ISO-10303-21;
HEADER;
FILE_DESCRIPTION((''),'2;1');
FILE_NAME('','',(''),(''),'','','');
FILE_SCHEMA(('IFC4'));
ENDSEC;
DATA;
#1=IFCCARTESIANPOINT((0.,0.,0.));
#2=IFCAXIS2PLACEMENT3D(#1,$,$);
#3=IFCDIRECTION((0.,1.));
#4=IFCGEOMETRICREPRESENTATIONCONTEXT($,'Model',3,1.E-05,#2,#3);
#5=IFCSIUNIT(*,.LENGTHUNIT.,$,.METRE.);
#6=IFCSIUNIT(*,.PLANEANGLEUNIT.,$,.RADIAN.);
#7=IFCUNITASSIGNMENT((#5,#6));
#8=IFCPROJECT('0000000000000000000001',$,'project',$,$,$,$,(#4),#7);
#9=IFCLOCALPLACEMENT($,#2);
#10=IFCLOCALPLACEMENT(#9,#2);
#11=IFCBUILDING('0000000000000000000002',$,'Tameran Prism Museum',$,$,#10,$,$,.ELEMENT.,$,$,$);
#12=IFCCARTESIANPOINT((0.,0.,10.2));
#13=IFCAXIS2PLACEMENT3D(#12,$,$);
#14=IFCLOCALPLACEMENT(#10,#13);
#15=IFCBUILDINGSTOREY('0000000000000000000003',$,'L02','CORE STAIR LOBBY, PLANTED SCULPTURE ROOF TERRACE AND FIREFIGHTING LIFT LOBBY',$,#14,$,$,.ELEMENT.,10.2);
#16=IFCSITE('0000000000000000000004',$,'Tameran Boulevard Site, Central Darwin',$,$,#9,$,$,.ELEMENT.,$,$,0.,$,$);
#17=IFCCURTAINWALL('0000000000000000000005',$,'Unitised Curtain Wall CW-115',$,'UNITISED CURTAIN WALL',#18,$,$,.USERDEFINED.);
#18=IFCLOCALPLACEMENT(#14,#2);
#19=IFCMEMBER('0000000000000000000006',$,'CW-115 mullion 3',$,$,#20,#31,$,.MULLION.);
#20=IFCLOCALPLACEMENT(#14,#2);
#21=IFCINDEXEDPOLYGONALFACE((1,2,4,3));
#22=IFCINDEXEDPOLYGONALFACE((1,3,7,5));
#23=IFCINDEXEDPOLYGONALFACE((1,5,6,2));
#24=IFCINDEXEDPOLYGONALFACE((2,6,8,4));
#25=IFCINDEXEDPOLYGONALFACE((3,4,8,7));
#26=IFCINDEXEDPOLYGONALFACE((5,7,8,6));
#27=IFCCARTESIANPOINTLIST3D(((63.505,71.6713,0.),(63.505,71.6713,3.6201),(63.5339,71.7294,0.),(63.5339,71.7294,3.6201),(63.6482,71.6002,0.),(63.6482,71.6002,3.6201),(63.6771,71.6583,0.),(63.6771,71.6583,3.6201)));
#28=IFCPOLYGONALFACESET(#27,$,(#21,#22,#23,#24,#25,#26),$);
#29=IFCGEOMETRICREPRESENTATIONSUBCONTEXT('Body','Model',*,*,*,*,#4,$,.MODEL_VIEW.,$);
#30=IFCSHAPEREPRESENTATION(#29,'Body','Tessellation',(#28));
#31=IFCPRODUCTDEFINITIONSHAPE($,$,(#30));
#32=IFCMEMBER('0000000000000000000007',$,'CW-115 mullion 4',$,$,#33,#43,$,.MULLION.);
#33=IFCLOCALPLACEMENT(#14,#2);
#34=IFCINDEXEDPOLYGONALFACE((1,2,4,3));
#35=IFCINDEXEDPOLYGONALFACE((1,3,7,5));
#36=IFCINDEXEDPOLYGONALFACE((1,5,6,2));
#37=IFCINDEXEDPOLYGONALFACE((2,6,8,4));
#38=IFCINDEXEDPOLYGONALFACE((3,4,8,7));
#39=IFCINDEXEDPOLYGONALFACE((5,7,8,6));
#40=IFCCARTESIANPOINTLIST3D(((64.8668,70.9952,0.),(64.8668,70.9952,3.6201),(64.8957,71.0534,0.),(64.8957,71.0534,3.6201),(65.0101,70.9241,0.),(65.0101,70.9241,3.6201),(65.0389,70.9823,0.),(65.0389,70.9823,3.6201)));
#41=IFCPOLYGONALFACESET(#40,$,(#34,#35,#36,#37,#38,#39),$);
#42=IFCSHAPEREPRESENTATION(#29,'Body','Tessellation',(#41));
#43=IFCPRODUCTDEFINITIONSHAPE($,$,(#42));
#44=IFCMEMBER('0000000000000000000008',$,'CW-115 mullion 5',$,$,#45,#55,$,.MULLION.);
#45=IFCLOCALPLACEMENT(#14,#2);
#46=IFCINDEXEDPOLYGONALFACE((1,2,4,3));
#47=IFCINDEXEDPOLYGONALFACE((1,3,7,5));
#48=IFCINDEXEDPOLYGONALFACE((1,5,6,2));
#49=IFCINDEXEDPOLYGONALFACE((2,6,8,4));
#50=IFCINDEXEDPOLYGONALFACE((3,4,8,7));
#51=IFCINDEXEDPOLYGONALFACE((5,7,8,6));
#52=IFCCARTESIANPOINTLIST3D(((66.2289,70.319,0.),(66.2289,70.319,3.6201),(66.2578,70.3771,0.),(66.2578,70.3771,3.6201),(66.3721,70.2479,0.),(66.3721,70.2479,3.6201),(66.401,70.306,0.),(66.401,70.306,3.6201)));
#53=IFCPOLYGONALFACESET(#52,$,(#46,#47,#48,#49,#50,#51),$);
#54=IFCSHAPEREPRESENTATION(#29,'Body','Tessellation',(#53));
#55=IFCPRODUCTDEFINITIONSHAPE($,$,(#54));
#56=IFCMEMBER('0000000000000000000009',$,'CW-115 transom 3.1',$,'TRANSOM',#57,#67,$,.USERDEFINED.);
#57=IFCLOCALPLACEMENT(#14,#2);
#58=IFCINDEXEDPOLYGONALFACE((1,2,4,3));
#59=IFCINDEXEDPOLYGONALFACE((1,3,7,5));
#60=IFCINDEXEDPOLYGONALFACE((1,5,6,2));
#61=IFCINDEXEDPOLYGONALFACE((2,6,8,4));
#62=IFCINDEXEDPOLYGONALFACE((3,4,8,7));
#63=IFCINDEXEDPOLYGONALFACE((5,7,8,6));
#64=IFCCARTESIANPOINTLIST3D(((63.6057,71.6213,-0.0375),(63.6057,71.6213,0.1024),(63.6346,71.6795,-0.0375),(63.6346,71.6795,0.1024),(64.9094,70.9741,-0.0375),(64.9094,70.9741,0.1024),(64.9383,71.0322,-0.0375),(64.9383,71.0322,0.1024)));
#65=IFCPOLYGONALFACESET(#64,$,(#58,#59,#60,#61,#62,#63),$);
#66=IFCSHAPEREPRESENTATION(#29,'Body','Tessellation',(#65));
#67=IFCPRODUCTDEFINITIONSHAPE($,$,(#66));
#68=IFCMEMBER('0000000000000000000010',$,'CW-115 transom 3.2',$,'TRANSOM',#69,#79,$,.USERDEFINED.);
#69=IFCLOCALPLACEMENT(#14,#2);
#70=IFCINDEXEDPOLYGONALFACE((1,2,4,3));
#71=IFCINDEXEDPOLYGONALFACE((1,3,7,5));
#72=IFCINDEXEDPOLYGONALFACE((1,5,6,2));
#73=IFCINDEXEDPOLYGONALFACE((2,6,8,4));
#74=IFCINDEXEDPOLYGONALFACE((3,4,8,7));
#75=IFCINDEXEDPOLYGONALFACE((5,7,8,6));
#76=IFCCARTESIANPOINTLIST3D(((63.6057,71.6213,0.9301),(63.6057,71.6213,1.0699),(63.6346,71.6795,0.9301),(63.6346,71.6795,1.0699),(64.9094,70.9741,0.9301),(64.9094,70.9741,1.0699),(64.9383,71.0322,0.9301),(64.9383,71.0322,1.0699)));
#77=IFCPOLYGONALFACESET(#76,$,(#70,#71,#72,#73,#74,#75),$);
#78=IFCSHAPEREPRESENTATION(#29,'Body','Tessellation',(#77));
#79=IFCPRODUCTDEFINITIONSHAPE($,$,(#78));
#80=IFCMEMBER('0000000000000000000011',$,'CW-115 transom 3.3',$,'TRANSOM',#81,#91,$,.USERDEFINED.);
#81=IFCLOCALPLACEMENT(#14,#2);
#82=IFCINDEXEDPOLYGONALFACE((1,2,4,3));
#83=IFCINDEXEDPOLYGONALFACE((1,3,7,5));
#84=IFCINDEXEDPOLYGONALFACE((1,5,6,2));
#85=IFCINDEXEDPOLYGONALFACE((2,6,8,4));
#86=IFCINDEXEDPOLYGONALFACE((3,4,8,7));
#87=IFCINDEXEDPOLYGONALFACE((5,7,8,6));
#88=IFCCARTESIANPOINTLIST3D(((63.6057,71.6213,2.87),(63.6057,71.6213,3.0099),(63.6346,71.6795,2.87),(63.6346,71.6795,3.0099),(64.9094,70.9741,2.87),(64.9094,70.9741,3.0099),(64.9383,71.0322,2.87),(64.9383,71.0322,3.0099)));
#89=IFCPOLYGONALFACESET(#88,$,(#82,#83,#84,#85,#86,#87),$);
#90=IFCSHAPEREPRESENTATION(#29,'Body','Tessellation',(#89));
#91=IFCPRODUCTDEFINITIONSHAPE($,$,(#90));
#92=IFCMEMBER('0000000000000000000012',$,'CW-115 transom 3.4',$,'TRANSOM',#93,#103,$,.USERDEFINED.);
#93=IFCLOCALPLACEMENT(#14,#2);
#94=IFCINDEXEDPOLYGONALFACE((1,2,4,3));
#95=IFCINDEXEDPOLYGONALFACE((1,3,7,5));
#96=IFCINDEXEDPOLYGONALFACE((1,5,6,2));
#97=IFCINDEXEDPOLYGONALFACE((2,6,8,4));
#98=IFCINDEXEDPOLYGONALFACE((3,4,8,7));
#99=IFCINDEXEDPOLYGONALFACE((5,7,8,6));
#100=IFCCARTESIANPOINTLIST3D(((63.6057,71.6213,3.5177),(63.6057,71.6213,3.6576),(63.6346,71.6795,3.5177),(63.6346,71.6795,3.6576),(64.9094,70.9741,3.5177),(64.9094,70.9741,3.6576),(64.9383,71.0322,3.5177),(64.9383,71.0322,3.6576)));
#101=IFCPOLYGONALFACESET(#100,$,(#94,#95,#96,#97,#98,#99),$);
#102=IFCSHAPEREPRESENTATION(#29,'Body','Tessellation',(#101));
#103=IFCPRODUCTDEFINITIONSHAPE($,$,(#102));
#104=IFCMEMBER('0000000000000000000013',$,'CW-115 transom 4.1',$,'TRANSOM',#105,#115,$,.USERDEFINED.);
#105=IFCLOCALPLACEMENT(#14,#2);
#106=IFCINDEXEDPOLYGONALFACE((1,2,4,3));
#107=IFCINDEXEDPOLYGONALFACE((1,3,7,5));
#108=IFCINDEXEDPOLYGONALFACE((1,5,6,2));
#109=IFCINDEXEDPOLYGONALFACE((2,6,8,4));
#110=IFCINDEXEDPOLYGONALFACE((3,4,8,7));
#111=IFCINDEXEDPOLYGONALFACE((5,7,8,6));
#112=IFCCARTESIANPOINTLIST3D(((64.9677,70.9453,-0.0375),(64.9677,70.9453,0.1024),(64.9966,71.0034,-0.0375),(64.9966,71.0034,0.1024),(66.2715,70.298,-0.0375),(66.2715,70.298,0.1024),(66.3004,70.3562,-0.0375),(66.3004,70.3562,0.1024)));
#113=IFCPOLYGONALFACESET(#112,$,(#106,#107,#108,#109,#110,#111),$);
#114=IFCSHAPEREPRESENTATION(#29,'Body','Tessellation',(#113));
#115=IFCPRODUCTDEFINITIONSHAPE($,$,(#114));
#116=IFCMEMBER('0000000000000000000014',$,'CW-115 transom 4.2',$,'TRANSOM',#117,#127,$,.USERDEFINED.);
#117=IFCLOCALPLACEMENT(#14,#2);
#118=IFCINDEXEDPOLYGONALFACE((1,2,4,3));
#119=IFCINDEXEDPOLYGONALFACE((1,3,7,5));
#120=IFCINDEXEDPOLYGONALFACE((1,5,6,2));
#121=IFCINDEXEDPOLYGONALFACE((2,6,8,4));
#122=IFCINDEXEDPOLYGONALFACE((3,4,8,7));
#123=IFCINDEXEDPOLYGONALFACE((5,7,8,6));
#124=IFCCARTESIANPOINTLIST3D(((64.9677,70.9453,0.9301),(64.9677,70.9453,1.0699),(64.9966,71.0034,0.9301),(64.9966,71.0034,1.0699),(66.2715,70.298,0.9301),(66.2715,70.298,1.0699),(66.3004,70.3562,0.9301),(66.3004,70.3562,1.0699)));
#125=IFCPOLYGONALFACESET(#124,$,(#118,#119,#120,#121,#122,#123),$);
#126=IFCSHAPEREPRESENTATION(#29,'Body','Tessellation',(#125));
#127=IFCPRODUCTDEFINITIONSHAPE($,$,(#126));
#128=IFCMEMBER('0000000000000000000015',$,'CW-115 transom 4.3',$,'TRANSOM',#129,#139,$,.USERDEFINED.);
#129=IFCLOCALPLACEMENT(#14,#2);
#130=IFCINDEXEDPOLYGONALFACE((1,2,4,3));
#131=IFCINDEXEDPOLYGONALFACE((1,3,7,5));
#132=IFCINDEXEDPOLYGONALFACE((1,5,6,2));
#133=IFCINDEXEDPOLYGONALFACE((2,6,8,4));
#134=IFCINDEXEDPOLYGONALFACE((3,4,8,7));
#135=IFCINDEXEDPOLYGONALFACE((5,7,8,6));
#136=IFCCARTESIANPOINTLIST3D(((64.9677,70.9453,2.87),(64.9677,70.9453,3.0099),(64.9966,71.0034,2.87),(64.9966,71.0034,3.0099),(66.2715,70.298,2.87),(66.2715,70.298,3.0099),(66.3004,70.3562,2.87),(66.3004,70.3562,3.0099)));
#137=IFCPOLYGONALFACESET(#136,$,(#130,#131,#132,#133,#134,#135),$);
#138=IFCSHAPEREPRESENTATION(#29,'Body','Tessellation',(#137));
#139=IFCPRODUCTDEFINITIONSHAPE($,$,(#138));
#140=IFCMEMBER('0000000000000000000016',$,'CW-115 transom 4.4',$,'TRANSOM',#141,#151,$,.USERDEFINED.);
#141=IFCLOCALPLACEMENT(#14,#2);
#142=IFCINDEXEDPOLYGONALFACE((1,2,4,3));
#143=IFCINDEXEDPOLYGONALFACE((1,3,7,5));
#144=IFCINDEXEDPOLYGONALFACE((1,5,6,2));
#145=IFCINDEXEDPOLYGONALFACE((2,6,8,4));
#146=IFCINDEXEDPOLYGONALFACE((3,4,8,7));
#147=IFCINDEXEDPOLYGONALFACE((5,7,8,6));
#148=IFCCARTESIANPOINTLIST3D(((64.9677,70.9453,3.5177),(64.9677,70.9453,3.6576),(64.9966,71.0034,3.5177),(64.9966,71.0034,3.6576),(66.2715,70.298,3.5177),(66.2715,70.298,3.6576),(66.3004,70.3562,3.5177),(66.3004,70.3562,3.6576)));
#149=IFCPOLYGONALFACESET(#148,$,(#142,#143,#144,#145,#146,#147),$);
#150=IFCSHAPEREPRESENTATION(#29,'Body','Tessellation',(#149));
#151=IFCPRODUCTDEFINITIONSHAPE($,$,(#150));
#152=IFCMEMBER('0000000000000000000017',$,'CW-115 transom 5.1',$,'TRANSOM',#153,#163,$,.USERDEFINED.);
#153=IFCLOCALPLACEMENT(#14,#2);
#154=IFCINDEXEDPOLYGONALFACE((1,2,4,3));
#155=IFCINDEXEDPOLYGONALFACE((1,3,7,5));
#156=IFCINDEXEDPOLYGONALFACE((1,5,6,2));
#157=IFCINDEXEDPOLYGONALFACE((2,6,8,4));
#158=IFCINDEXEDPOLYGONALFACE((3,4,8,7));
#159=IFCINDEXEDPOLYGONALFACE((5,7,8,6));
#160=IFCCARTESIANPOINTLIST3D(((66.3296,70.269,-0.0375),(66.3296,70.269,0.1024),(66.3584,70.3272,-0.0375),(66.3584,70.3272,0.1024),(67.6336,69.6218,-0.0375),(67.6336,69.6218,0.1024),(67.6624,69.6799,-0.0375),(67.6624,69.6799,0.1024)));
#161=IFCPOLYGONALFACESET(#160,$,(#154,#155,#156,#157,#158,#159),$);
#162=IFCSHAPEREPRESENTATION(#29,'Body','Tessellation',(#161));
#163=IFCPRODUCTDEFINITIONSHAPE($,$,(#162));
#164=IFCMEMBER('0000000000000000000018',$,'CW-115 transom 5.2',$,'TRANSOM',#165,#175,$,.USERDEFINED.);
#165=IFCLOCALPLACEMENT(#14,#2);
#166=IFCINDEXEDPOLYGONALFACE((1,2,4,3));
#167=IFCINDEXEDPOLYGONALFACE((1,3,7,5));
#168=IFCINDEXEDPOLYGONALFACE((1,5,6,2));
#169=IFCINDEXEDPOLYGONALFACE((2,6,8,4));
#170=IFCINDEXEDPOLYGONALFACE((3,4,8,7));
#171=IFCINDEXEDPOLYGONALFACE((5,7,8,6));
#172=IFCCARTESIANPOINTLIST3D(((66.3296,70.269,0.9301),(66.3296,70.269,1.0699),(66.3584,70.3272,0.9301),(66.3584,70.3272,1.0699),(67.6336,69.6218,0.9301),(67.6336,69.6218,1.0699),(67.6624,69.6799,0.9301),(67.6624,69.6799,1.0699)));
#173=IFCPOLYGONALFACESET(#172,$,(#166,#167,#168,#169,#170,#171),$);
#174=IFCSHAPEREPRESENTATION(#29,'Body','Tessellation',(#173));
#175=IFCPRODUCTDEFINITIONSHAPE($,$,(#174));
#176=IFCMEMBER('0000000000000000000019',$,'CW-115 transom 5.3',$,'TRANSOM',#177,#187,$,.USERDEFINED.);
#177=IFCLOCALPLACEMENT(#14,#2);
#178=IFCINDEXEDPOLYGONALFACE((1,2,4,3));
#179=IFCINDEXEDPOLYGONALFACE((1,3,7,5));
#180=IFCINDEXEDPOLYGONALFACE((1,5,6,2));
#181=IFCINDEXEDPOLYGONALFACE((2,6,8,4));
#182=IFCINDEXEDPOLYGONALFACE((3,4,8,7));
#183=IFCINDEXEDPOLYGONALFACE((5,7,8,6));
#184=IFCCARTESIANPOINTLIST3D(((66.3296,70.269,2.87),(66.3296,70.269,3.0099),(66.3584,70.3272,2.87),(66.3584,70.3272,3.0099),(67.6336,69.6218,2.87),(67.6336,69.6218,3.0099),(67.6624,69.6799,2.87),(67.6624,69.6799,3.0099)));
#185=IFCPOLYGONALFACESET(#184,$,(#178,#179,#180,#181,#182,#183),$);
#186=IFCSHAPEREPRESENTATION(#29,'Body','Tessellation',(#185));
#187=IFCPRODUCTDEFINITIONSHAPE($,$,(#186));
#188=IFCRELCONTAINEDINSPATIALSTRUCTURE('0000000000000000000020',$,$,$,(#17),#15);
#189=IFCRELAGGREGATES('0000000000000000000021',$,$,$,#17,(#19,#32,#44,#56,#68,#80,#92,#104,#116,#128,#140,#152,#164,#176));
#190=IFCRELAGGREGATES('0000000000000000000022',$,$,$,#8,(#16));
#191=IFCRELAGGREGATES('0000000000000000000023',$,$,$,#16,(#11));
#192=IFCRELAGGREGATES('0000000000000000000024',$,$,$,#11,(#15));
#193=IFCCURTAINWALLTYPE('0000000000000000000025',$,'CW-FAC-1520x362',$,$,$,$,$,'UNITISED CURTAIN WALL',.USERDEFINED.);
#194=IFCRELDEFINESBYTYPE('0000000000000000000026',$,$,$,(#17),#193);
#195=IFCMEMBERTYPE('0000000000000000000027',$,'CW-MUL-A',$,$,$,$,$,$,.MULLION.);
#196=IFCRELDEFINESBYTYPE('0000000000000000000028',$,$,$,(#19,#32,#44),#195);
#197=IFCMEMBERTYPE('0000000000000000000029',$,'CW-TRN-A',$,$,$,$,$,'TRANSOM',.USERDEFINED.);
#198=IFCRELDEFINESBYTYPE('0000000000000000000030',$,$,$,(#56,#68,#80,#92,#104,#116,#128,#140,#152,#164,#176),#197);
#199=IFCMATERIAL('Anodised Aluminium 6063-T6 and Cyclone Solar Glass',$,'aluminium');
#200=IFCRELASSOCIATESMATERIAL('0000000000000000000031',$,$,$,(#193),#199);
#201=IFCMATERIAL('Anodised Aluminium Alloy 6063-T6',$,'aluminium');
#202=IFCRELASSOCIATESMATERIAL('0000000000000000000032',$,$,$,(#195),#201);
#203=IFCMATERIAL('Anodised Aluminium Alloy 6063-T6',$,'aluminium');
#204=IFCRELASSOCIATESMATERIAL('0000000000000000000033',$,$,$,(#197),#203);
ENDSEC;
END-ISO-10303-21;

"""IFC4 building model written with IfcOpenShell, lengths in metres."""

from ifc_helpers import new_model, si_unit, direction, frame, origin, origin_2d, place, context, subcontext, project, spatial, rectangle, extrude, material, material_profile, profile_set, type_object, element, aggregate, save


model = new_model("IFC4")

# Units and contexts
model_context = context("Model", 3, precision=1e-05, world=origin(), true_north=direction((0.0, 1.0)))
body_context = subcontext(model_context, "Body", "Model", "MODEL_VIEW")
ifc_project = project(units=[si_unit("LENGTHUNIT", "METRE"), si_unit("PLANEANGLEUNIT", "RADIAN")], contexts=[model_context])

# Site, building, storey
site_placement = place(None, origin())
site = spatial("IfcSite", under=ifc_project, at=site_placement, Name="Tameran Boulevard Site, Central Darwin", CompositionType="ELEMENT", RefElevation=0.0)
building_placement = place(site_placement, origin())
building = spatial("IfcBuilding", under=site, at=building_placement, Name="Tameran Prism Museum", CompositionType="ELEMENT")
storey_placement = place(building_placement, frame((0.0, 0.0, 10.2)))
storey = spatial("IfcBuildingStorey", under=building, at=storey_placement, Name="L02", Description="CORE STAIR LOBBY, PLANTED SCULPTURE ROOF TERRACE AND FIREFIGHTING LIFT LOBBY", CompositionType="ELEMENT", Elevation=10.2)

# Curtain wall, members
ifc_material_1 = material(Name="Anodised Aluminium 6063-T6 and Cyclone Solar Glass", Category="aluminium")
curtain_wall_type = type_object("IfcCurtainWallType", Name="CW-FAC-1520x362", ElementType="UNITISED CURTAIN WALL", PredefinedType="USERDEFINED", material=ifc_material_1)
curtain_wall_placement = place(storey_placement, origin())
curtain_wall = element("IfcCurtainWall", 1, at=curtain_wall_placement, inside=storey, type_object=curtain_wall_type, Name="Unitised Curtain Wall CW-115", ObjectType="UNITISED CURTAIN WALL", PredefinedType="USERDEFINED")
ifc_material_2 = material(Name="Anodised Aluminium Alloy 6063-T6", Category="aluminium")
ifc_material_profile_1 = material_profile(ifc_material_2, rectangle(XDim=0.0649, YDim=0.1599, at=origin_2d()))
ifc_profile_set_1 = profile_set([ifc_material_profile_1])
member_type_1 = type_object("IfcMemberType", Name="CW-MUL-A", PredefinedType="MULLION", material=ifc_profile_set_1)
member_1_placement = place(storey_placement, frame((63.5911, 71.6648, 0.0), z_axis=(0.0, 0.0, 1.0), x_axis=(0.444634, 0.895712, 0.0)))
member_1 = element("IfcMember", 2, at=member_1_placement, type_object=member_type_1, Name="CW-115 mullion 3", PredefinedType="MULLION", context=body_context, shape_type="SweptSolid", body=[
    extrude(rectangle(XDim=0.0649, YDim=0.1599, at=origin_2d()), origin(), (0.0, 0.0, 1.0), 3.6201),
])
member_2_placement = place(storey_placement, frame((64.9529, 70.9888, 0.0), z_axis=(0.0, 0.0, 1.0), x_axis=(0.444634, 0.895712, 0.0)))
member_2 = element("IfcMember", 3, at=member_2_placement, type_object=member_type_1, Name="CW-115 mullion 4", PredefinedType="MULLION", context=body_context, shape_type="SweptSolid", body=[
    extrude(rectangle(XDim=0.0649, YDim=0.1599, at=origin_2d()), origin(), (0.0, 0.0, 1.0), 3.6201),
])
member_3_placement = place(storey_placement, frame((66.3149, 70.3125, 0.0), z_axis=(0.0, 0.0, 1.0), x_axis=(0.444634, 0.895712, 0.0)))
member_3 = element("IfcMember", 4, at=member_3_placement, type_object=member_type_1, Name="CW-115 mullion 5", PredefinedType="MULLION", context=body_context, shape_type="SweptSolid", body=[
    extrude(rectangle(XDim=0.0649, YDim=0.1599, at=origin_2d()), origin(), (0.0, 0.0, 1.0), 3.6201),
])
ifc_material_3 = material(Name="Anodised Aluminium Alloy 6063-T6", Category="aluminium")
ifc_material_profile_2 = material_profile(ifc_material_3, rectangle(XDim=0.0649, YDim=0.1399, at=origin_2d()))
ifc_profile_set_2 = profile_set([ifc_material_profile_2])
member_type_2 = type_object("IfcMemberType", Name="CW-TRN-A", ElementType="TRANSOM", PredefinedType="USERDEFINED", material=ifc_profile_set_2)
member_4_placement = place(storey_placement, frame((63.6201, 71.6504, 0.0325), z_axis=(0.895698, -0.444662, 0.0), x_axis=(0.444662, 0.895698, 0.0)))
member_4 = element("IfcMember", 5, at=member_4_placement, type_object=member_type_2, Name="CW-115 transom 3.1", ObjectType="TRANSOM", PredefinedType="USERDEFINED", context=body_context, shape_type="SweptSolid", body=[
    extrude(rectangle(XDim=0.0649, YDim=0.1399, at=origin_2d()), origin(), (0.0, 0.0, 1.0), 1.4556),
])
member_5_placement = place(storey_placement, frame((63.6201, 71.6504, 1.0), z_axis=(0.895698, -0.444662, 0.0), x_axis=(0.444662, 0.895698, 0.0)))
member_5 = element("IfcMember", 6, at=member_5_placement, type_object=member_type_2, Name="CW-115 transom 3.2", ObjectType="TRANSOM", PredefinedType="USERDEFINED", context=body_context, shape_type="SweptSolid", body=[
    extrude(rectangle(XDim=0.0649, YDim=0.1399, at=origin_2d()), origin(), (0.0, 0.0, 1.0), 1.4556),
])
member_6_placement = place(storey_placement, frame((63.6201, 71.6504, 2.9399), z_axis=(0.895698, -0.444662, 0.0), x_axis=(0.444662, 0.895698, 0.0)))
member_6 = element("IfcMember", 7, at=member_6_placement, type_object=member_type_2, Name="CW-115 transom 3.3", ObjectType="TRANSOM", PredefinedType="USERDEFINED", context=body_context, shape_type="SweptSolid", body=[
    extrude(rectangle(XDim=0.0649, YDim=0.1399, at=origin_2d()), origin(), (0.0, 0.0, 1.0), 1.4556),
])
member_7_placement = place(storey_placement, frame((63.6201, 71.6504, 3.5876), z_axis=(0.895698, -0.444662, 0.0), x_axis=(0.444662, 0.895698, 0.0)))
member_7 = element("IfcMember", 8, at=member_7_placement, type_object=member_type_2, Name="CW-115 transom 3.4", ObjectType="TRANSOM", PredefinedType="USERDEFINED", context=body_context, shape_type="SweptSolid", body=[
    extrude(rectangle(XDim=0.0649, YDim=0.1399, at=origin_2d()), origin(), (0.0, 0.0, 1.0), 1.4556),
])
member_8_placement = place(storey_placement, frame((64.9822, 70.9744, 0.0325), z_axis=(0.895698, -0.444662, 0.0), x_axis=(0.444662, 0.895698, 0.0)))
member_8 = element("IfcMember", 9, at=member_8_placement, type_object=member_type_2, Name="CW-115 transom 4.1", ObjectType="TRANSOM", PredefinedType="USERDEFINED", context=body_context, shape_type="SweptSolid", body=[
    extrude(rectangle(XDim=0.0649, YDim=0.1399, at=origin_2d()), origin(), (0.0, 0.0, 1.0), 1.4556),
])
member_9_placement = place(storey_placement, frame((64.9822, 70.9744, 1.0), z_axis=(0.895698, -0.444662, 0.0), x_axis=(0.444662, 0.895698, 0.0)))
member_9 = element("IfcMember", 10, at=member_9_placement, type_object=member_type_2, Name="CW-115 transom 4.2", ObjectType="TRANSOM", PredefinedType="USERDEFINED", context=body_context, shape_type="SweptSolid", body=[
    extrude(rectangle(XDim=0.0649, YDim=0.1399, at=origin_2d()), origin(), (0.0, 0.0, 1.0), 1.4556),
])
member_10_placement = place(storey_placement, frame((64.9822, 70.9744, 2.9399), z_axis=(0.895698, -0.444662, 0.0), x_axis=(0.444662, 0.895698, 0.0)))
member_10 = element("IfcMember", 11, at=member_10_placement, type_object=member_type_2, Name="CW-115 transom 4.3", ObjectType="TRANSOM", PredefinedType="USERDEFINED", context=body_context, shape_type="SweptSolid", body=[
    extrude(rectangle(XDim=0.0649, YDim=0.1399, at=origin_2d()), origin(), (0.0, 0.0, 1.0), 1.4556),
])
member_11_placement = place(storey_placement, frame((64.9822, 70.9744, 3.5876), z_axis=(0.895698, -0.444662, 0.0), x_axis=(0.444662, 0.895698, 0.0)))
member_11 = element("IfcMember", 12, at=member_11_placement, type_object=member_type_2, Name="CW-115 transom 4.4", ObjectType="TRANSOM", PredefinedType="USERDEFINED", context=body_context, shape_type="SweptSolid", body=[
    extrude(rectangle(XDim=0.0649, YDim=0.1399, at=origin_2d()), origin(), (0.0, 0.0, 1.0), 1.4556),
])
member_12_placement = place(storey_placement, frame((66.344, 70.2981, 0.0325), z_axis=(0.895731, -0.444595, 0.0), x_axis=(0.444595, 0.895731, 0.0)))
member_12 = element("IfcMember", 13, at=member_12_placement, type_object=member_type_2, Name="CW-115 transom 5.1", ObjectType="TRANSOM", PredefinedType="USERDEFINED", context=body_context, shape_type="SweptSolid", body=[
    extrude(rectangle(XDim=0.0649, YDim=0.1399, at=origin_2d()), origin(), (0.0, 0.0, 1.0), 1.4558),
])
member_13_placement = place(storey_placement, frame((66.344, 70.2981, 1.0), z_axis=(0.895731, -0.444595, 0.0), x_axis=(0.444595, 0.895731, 0.0)))
member_13 = element("IfcMember", 14, at=member_13_placement, type_object=member_type_2, Name="CW-115 transom 5.2", ObjectType="TRANSOM", PredefinedType="USERDEFINED", context=body_context, shape_type="SweptSolid", body=[
    extrude(rectangle(XDim=0.0649, YDim=0.1399, at=origin_2d()), origin(), (0.0, 0.0, 1.0), 1.4558),
])
member_14_placement = place(storey_placement, frame((66.344, 70.2981, 2.9399), z_axis=(0.895731, -0.444595, 0.0), x_axis=(0.444595, 0.895731, 0.0)))
member_14 = element("IfcMember", 15, at=member_14_placement, type_object=member_type_2, Name="CW-115 transom 5.3", ObjectType="TRANSOM", PredefinedType="USERDEFINED", context=body_context, shape_type="SweptSolid", body=[
    extrude(rectangle(XDim=0.0649, YDim=0.1399, at=origin_2d()), origin(), (0.0, 0.0, 1.0), 1.4558),
])
aggregate(curtain_wall, [member_1, member_2, member_3, member_4, member_5, member_6, member_7, member_8, member_9, member_10, member_11, member_12, member_13, member_14])

save(model, "model.ifc")
